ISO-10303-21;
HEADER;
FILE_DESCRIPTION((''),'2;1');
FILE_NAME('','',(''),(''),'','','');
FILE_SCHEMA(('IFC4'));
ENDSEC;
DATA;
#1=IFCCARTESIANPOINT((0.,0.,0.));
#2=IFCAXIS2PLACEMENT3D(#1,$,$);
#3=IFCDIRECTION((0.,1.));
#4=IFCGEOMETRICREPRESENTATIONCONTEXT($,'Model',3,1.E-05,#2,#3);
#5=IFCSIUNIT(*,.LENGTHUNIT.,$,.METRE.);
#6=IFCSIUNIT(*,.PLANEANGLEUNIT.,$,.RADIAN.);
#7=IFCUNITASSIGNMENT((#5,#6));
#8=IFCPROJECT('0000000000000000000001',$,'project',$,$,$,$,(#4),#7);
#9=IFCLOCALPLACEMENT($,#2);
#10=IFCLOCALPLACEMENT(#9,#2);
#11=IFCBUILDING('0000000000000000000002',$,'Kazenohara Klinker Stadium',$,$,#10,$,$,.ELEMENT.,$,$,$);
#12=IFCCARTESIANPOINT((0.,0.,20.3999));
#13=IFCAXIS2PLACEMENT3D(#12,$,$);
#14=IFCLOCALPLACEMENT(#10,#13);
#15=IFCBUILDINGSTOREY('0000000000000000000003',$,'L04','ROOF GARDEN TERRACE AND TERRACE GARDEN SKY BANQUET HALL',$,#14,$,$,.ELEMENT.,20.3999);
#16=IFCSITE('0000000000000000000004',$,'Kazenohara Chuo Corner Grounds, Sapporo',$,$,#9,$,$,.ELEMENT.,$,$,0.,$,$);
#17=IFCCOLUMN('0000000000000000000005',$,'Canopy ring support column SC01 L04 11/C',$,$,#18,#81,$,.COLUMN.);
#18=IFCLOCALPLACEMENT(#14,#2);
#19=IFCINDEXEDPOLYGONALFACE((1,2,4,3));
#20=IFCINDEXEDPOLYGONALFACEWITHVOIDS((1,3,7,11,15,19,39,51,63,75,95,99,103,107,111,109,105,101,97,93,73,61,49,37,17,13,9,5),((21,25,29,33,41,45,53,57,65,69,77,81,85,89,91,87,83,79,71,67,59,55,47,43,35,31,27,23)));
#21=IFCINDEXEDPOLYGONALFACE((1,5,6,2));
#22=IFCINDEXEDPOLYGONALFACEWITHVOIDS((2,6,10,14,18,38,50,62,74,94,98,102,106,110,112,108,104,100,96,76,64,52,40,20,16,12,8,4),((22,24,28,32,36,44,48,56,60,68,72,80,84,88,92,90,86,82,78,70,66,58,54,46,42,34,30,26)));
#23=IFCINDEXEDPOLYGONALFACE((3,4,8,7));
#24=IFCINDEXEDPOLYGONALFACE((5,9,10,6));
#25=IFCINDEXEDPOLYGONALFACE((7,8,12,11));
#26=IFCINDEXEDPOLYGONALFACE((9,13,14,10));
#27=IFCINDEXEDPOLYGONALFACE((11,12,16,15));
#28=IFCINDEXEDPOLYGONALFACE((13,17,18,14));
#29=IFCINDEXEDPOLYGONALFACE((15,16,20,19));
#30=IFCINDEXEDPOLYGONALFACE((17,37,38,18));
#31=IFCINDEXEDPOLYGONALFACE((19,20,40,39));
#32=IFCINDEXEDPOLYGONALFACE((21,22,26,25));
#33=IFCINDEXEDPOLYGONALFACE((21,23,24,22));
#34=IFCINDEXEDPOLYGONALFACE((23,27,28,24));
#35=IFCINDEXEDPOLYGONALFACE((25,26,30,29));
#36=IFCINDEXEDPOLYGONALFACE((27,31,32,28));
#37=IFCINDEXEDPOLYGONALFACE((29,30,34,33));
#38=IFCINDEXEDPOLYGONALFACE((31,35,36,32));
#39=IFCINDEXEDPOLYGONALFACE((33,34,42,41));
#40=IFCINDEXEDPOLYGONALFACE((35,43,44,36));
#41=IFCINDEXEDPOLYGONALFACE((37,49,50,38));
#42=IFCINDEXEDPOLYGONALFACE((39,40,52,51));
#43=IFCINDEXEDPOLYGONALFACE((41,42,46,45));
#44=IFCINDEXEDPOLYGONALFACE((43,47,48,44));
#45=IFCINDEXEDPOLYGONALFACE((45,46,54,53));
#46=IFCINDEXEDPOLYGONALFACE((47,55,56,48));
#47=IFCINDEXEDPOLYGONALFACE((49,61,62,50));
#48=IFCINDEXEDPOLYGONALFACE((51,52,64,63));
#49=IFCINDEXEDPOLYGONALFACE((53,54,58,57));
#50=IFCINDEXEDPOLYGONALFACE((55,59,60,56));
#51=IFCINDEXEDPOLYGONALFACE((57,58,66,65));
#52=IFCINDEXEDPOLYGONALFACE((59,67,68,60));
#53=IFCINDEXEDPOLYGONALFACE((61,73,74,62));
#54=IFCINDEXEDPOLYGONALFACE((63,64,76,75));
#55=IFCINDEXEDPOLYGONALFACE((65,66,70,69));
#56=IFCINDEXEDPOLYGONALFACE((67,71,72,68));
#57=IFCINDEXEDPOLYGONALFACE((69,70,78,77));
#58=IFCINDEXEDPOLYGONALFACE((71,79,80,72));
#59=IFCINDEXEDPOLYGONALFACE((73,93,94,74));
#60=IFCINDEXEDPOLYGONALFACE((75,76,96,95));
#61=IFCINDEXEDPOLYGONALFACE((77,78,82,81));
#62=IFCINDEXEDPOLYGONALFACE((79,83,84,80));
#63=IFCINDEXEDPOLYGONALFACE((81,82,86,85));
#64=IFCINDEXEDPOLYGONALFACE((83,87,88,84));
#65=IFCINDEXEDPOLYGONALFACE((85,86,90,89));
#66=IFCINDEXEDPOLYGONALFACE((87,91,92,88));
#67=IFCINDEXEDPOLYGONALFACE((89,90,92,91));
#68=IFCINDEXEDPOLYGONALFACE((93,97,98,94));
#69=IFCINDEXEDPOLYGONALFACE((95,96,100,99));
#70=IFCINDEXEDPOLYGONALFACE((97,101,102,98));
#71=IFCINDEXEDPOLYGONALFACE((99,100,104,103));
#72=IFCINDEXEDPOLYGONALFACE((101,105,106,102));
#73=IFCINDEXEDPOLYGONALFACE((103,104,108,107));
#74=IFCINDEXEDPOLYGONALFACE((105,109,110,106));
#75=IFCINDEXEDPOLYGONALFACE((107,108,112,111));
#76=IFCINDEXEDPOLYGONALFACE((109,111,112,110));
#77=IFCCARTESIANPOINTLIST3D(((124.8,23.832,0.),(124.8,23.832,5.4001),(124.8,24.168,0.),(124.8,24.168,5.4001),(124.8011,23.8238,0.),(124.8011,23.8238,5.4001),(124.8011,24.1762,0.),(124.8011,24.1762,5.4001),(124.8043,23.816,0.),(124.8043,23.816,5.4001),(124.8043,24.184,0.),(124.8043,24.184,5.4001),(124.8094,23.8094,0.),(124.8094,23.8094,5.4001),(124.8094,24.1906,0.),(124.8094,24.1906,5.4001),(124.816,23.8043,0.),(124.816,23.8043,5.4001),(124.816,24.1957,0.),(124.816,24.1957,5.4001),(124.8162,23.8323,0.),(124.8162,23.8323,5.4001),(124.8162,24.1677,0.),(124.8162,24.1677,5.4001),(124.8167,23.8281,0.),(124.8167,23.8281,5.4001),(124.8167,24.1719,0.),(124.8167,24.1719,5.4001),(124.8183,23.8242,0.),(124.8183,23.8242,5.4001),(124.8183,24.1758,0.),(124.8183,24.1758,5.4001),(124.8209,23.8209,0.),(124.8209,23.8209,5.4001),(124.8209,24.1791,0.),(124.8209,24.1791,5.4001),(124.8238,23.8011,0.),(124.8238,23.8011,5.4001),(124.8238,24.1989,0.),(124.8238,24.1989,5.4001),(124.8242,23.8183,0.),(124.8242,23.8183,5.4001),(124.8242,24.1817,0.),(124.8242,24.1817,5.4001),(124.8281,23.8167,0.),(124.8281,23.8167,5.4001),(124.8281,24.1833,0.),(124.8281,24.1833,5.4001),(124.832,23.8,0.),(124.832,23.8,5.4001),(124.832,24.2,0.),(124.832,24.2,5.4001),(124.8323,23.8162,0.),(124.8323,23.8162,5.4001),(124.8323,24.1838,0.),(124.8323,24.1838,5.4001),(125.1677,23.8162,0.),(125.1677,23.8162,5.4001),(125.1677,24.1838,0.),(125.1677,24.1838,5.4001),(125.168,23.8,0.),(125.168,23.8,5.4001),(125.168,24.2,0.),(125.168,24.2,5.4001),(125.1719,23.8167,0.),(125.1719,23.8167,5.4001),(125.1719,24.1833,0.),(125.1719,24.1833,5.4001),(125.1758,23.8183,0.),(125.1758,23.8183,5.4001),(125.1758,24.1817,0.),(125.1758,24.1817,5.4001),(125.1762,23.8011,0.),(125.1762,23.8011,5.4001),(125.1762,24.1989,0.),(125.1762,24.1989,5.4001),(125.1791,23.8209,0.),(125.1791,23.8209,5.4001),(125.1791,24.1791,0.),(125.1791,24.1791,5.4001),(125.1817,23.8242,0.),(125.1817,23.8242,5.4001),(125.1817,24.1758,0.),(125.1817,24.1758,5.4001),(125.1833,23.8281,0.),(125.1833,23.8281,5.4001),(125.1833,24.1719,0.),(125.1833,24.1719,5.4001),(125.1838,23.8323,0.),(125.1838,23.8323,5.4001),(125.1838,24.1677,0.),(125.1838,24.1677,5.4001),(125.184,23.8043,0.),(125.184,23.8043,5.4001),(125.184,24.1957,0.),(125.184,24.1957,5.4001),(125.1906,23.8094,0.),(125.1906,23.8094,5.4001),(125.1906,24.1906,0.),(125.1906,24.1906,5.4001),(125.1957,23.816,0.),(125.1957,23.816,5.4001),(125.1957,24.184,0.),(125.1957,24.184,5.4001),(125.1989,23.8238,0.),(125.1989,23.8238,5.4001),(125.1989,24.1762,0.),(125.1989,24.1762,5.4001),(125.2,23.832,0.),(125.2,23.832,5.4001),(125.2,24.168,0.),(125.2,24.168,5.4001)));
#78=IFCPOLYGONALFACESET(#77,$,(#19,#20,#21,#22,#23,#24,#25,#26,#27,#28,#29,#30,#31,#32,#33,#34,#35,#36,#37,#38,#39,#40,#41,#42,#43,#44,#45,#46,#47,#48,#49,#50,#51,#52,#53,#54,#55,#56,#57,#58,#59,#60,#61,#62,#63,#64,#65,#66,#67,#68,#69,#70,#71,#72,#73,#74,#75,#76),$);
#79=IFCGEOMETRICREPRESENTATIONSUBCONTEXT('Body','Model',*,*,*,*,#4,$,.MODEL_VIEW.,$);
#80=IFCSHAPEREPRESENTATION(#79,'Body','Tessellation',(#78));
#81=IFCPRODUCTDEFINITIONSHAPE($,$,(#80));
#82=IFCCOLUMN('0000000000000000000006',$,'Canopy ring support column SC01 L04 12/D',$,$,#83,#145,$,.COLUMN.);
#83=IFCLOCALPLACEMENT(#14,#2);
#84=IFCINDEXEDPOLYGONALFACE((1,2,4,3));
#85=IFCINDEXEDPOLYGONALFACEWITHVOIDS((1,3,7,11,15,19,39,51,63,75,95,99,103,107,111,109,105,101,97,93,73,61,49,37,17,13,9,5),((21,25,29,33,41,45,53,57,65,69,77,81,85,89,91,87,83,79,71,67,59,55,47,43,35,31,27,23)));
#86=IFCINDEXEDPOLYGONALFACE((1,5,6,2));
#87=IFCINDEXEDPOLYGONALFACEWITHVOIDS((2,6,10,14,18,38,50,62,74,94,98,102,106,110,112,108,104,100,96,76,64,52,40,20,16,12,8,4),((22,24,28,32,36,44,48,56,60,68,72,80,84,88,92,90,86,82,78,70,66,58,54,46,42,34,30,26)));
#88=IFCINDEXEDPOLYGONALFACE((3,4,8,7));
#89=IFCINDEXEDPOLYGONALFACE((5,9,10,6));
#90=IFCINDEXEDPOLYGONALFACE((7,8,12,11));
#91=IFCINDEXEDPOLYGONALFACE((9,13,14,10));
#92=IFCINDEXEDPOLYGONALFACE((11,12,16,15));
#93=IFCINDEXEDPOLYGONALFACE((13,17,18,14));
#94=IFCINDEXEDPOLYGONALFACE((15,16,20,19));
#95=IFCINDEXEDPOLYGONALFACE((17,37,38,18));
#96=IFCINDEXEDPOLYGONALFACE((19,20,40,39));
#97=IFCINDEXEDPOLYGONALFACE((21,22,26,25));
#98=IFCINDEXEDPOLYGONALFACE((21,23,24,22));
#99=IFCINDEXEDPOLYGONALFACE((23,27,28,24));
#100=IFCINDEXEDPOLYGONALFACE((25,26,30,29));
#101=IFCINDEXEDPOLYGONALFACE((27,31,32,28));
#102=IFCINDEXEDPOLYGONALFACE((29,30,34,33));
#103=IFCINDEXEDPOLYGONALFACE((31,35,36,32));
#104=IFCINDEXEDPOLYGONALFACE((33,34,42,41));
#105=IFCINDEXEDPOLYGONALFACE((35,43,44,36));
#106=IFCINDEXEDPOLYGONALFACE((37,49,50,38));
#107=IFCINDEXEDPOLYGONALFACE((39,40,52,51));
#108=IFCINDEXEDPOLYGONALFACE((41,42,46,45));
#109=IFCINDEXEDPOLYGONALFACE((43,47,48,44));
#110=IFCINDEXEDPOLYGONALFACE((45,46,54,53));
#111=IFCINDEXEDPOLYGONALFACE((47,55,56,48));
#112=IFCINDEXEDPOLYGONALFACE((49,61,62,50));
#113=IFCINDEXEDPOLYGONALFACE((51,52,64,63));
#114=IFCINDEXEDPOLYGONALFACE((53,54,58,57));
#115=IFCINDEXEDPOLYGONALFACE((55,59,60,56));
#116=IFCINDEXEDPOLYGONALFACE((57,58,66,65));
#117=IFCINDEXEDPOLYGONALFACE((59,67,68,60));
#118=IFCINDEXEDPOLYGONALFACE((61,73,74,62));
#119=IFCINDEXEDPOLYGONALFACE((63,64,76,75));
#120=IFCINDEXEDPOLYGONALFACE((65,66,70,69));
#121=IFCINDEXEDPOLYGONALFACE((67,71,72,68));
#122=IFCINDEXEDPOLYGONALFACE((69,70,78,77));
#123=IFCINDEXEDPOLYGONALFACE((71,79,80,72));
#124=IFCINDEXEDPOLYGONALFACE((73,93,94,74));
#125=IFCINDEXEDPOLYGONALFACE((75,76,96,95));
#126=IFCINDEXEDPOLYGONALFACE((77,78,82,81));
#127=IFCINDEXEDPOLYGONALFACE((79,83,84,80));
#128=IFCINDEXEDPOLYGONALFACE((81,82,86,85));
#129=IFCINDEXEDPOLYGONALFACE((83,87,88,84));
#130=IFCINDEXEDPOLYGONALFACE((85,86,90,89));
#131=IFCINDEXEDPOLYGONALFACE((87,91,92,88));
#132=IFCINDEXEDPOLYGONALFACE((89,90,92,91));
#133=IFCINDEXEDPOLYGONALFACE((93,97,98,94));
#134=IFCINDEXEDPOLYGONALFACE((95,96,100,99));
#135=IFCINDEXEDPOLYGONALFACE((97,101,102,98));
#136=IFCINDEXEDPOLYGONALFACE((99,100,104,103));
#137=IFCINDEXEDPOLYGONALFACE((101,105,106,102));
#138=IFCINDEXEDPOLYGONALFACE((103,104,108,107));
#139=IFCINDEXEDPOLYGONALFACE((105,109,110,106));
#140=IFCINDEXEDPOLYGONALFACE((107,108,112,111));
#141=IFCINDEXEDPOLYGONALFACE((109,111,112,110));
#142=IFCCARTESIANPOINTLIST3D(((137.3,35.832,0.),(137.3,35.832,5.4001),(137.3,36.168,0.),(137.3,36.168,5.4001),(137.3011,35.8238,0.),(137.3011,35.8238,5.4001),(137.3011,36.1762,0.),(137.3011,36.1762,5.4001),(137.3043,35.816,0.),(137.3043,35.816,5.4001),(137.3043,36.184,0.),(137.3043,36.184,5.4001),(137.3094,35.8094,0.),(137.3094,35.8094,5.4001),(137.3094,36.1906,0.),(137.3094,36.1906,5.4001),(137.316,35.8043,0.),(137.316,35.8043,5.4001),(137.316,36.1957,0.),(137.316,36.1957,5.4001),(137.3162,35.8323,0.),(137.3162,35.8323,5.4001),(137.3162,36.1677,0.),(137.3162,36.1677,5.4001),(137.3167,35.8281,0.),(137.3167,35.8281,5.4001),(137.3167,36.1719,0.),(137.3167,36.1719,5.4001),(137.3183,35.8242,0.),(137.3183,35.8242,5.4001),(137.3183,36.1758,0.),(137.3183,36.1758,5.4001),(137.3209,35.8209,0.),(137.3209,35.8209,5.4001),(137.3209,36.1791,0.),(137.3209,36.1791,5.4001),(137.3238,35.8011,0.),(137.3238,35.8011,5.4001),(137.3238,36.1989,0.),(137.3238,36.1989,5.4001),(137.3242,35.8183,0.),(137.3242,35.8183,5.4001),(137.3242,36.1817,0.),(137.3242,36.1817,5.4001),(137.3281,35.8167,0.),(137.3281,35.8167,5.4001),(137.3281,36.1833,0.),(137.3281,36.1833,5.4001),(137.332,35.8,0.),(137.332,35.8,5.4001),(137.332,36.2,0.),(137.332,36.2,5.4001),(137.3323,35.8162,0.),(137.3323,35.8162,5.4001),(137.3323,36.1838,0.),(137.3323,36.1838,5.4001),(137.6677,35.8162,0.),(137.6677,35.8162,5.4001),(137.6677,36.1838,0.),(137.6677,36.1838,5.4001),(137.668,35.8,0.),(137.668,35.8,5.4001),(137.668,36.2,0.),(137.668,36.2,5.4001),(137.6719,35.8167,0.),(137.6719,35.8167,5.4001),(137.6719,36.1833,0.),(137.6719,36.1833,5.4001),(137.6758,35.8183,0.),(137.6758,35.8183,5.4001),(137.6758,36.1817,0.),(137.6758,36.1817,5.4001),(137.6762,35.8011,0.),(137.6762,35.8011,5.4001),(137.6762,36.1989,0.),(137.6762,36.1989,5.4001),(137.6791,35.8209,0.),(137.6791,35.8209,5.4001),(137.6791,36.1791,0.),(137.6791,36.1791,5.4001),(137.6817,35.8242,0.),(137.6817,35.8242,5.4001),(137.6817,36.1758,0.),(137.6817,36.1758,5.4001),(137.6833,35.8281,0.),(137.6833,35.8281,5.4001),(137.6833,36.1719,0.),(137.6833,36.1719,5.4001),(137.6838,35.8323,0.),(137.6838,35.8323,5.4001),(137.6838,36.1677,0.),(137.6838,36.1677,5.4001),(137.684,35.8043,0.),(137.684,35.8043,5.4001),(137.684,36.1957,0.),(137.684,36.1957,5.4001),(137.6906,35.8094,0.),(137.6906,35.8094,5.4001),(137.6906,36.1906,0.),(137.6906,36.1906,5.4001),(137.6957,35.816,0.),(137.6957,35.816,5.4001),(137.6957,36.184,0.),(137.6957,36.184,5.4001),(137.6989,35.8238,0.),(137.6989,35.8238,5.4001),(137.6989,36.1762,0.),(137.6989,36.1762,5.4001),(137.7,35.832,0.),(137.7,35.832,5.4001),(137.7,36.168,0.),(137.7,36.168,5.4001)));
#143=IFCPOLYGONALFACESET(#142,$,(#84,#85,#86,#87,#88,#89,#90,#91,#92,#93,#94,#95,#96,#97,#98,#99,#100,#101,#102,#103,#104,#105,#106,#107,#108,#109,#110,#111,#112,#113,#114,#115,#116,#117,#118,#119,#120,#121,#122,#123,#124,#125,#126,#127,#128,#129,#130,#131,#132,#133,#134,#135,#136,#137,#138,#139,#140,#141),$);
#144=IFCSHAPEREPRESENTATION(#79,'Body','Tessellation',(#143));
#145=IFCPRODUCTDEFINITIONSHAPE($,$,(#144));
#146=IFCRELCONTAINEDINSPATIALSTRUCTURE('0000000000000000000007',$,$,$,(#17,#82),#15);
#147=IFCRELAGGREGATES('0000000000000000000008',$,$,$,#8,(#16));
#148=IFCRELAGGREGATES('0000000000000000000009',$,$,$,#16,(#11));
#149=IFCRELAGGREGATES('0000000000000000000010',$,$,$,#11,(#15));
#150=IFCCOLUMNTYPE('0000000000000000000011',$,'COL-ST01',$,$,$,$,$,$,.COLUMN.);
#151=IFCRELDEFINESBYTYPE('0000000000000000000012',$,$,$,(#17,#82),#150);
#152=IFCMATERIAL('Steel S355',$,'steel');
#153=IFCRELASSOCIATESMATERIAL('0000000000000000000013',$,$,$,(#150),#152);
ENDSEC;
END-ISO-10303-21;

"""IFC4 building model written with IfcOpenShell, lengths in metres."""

from ifc_helpers import new_model, si_unit, direction, frame, origin, origin_2d, place, context, subcontext, project, spatial, hollow_rectangle, extrude, material, material_profile, profile_set, type_object, element, save


model = new_model("IFC4")

# Units and contexts
model_context = context("Model", 3, precision=1e-05, world=origin(), true_north=direction((0.0, 1.0)))
body_context = subcontext(model_context, "Body", "Model", "MODEL_VIEW")
ifc_project = project(units=[si_unit("LENGTHUNIT", "METRE"), si_unit("PLANEANGLEUNIT", "RADIAN")], contexts=[model_context])

# Site, building, storey
site_placement = place(None, origin())
site = spatial("IfcSite", under=ifc_project, at=site_placement, Name="Kazenohara Chuo Corner Grounds, Sapporo", CompositionType="ELEMENT", RefElevation=0.0)
building_placement = place(site_placement, origin())
building = spatial("IfcBuilding", under=site, at=building_placement, Name="Kazenohara Klinker Stadium", CompositionType="ELEMENT")
storey_placement = place(building_placement, frame((0.0, 0.0, 20.3999)))
storey = spatial("IfcBuildingStorey", under=building, at=storey_placement, Name="L04", Description="ROOF GARDEN TERRACE AND TERRACE GARDEN SKY BANQUET HALL", CompositionType="ELEMENT", Elevation=20.3999)

# Columns
ifc_material_1 = material(Name="Steel S355", Category="steel")
ifc_material_profile_1 = material_profile(ifc_material_1, hollow_rectangle(XDim=0.3999, YDim=0.3999, WallThickness=0.0161, InnerFilletRadius=0.0161, OuterFilletRadius=0.032, at=origin_2d()), Name="SHS-400x400x16")
ifc_profile_set_1 = profile_set([ifc_material_profile_1], Name="Steel S355")
column_type_1 = type_object("IfcColumnType", Name="COL-ST01", PredefinedType="COLUMN", material=ifc_profile_set_1)
for number, where, z_axis, x_axis, name in (
    (1, (125.0, 24.0, 0.0), (0.0, 0.0, 1.0), (1.0, 0.0, 0.0), "Canopy ring support column SC01 L04 11/C"),
    (2, (137.5, 36.0, 0.0), (0.0, 0.0, 1.0), (1.0, 0.0, 0.0), "Canopy ring support column SC01 L04 12/D"),
):
    element("IfcColumn", number, at=place(storey_placement, frame(where, z_axis=z_axis, x_axis=x_axis)), inside=storey, type_object=column_type_1, Name=name, PredefinedType="COLUMN", context=body_context, shape_type="SweptSolid", body=[
        extrude(hollow_rectangle(XDim=0.3999, YDim=0.3999, WallThickness=0.0161, InnerFilletRadius=0.0161, OuterFilletRadius=0.032, at=origin_2d()), origin(), (0.0, 0.0, 1.0), 5.4001),
    ])

save(model, "model.ifc")
